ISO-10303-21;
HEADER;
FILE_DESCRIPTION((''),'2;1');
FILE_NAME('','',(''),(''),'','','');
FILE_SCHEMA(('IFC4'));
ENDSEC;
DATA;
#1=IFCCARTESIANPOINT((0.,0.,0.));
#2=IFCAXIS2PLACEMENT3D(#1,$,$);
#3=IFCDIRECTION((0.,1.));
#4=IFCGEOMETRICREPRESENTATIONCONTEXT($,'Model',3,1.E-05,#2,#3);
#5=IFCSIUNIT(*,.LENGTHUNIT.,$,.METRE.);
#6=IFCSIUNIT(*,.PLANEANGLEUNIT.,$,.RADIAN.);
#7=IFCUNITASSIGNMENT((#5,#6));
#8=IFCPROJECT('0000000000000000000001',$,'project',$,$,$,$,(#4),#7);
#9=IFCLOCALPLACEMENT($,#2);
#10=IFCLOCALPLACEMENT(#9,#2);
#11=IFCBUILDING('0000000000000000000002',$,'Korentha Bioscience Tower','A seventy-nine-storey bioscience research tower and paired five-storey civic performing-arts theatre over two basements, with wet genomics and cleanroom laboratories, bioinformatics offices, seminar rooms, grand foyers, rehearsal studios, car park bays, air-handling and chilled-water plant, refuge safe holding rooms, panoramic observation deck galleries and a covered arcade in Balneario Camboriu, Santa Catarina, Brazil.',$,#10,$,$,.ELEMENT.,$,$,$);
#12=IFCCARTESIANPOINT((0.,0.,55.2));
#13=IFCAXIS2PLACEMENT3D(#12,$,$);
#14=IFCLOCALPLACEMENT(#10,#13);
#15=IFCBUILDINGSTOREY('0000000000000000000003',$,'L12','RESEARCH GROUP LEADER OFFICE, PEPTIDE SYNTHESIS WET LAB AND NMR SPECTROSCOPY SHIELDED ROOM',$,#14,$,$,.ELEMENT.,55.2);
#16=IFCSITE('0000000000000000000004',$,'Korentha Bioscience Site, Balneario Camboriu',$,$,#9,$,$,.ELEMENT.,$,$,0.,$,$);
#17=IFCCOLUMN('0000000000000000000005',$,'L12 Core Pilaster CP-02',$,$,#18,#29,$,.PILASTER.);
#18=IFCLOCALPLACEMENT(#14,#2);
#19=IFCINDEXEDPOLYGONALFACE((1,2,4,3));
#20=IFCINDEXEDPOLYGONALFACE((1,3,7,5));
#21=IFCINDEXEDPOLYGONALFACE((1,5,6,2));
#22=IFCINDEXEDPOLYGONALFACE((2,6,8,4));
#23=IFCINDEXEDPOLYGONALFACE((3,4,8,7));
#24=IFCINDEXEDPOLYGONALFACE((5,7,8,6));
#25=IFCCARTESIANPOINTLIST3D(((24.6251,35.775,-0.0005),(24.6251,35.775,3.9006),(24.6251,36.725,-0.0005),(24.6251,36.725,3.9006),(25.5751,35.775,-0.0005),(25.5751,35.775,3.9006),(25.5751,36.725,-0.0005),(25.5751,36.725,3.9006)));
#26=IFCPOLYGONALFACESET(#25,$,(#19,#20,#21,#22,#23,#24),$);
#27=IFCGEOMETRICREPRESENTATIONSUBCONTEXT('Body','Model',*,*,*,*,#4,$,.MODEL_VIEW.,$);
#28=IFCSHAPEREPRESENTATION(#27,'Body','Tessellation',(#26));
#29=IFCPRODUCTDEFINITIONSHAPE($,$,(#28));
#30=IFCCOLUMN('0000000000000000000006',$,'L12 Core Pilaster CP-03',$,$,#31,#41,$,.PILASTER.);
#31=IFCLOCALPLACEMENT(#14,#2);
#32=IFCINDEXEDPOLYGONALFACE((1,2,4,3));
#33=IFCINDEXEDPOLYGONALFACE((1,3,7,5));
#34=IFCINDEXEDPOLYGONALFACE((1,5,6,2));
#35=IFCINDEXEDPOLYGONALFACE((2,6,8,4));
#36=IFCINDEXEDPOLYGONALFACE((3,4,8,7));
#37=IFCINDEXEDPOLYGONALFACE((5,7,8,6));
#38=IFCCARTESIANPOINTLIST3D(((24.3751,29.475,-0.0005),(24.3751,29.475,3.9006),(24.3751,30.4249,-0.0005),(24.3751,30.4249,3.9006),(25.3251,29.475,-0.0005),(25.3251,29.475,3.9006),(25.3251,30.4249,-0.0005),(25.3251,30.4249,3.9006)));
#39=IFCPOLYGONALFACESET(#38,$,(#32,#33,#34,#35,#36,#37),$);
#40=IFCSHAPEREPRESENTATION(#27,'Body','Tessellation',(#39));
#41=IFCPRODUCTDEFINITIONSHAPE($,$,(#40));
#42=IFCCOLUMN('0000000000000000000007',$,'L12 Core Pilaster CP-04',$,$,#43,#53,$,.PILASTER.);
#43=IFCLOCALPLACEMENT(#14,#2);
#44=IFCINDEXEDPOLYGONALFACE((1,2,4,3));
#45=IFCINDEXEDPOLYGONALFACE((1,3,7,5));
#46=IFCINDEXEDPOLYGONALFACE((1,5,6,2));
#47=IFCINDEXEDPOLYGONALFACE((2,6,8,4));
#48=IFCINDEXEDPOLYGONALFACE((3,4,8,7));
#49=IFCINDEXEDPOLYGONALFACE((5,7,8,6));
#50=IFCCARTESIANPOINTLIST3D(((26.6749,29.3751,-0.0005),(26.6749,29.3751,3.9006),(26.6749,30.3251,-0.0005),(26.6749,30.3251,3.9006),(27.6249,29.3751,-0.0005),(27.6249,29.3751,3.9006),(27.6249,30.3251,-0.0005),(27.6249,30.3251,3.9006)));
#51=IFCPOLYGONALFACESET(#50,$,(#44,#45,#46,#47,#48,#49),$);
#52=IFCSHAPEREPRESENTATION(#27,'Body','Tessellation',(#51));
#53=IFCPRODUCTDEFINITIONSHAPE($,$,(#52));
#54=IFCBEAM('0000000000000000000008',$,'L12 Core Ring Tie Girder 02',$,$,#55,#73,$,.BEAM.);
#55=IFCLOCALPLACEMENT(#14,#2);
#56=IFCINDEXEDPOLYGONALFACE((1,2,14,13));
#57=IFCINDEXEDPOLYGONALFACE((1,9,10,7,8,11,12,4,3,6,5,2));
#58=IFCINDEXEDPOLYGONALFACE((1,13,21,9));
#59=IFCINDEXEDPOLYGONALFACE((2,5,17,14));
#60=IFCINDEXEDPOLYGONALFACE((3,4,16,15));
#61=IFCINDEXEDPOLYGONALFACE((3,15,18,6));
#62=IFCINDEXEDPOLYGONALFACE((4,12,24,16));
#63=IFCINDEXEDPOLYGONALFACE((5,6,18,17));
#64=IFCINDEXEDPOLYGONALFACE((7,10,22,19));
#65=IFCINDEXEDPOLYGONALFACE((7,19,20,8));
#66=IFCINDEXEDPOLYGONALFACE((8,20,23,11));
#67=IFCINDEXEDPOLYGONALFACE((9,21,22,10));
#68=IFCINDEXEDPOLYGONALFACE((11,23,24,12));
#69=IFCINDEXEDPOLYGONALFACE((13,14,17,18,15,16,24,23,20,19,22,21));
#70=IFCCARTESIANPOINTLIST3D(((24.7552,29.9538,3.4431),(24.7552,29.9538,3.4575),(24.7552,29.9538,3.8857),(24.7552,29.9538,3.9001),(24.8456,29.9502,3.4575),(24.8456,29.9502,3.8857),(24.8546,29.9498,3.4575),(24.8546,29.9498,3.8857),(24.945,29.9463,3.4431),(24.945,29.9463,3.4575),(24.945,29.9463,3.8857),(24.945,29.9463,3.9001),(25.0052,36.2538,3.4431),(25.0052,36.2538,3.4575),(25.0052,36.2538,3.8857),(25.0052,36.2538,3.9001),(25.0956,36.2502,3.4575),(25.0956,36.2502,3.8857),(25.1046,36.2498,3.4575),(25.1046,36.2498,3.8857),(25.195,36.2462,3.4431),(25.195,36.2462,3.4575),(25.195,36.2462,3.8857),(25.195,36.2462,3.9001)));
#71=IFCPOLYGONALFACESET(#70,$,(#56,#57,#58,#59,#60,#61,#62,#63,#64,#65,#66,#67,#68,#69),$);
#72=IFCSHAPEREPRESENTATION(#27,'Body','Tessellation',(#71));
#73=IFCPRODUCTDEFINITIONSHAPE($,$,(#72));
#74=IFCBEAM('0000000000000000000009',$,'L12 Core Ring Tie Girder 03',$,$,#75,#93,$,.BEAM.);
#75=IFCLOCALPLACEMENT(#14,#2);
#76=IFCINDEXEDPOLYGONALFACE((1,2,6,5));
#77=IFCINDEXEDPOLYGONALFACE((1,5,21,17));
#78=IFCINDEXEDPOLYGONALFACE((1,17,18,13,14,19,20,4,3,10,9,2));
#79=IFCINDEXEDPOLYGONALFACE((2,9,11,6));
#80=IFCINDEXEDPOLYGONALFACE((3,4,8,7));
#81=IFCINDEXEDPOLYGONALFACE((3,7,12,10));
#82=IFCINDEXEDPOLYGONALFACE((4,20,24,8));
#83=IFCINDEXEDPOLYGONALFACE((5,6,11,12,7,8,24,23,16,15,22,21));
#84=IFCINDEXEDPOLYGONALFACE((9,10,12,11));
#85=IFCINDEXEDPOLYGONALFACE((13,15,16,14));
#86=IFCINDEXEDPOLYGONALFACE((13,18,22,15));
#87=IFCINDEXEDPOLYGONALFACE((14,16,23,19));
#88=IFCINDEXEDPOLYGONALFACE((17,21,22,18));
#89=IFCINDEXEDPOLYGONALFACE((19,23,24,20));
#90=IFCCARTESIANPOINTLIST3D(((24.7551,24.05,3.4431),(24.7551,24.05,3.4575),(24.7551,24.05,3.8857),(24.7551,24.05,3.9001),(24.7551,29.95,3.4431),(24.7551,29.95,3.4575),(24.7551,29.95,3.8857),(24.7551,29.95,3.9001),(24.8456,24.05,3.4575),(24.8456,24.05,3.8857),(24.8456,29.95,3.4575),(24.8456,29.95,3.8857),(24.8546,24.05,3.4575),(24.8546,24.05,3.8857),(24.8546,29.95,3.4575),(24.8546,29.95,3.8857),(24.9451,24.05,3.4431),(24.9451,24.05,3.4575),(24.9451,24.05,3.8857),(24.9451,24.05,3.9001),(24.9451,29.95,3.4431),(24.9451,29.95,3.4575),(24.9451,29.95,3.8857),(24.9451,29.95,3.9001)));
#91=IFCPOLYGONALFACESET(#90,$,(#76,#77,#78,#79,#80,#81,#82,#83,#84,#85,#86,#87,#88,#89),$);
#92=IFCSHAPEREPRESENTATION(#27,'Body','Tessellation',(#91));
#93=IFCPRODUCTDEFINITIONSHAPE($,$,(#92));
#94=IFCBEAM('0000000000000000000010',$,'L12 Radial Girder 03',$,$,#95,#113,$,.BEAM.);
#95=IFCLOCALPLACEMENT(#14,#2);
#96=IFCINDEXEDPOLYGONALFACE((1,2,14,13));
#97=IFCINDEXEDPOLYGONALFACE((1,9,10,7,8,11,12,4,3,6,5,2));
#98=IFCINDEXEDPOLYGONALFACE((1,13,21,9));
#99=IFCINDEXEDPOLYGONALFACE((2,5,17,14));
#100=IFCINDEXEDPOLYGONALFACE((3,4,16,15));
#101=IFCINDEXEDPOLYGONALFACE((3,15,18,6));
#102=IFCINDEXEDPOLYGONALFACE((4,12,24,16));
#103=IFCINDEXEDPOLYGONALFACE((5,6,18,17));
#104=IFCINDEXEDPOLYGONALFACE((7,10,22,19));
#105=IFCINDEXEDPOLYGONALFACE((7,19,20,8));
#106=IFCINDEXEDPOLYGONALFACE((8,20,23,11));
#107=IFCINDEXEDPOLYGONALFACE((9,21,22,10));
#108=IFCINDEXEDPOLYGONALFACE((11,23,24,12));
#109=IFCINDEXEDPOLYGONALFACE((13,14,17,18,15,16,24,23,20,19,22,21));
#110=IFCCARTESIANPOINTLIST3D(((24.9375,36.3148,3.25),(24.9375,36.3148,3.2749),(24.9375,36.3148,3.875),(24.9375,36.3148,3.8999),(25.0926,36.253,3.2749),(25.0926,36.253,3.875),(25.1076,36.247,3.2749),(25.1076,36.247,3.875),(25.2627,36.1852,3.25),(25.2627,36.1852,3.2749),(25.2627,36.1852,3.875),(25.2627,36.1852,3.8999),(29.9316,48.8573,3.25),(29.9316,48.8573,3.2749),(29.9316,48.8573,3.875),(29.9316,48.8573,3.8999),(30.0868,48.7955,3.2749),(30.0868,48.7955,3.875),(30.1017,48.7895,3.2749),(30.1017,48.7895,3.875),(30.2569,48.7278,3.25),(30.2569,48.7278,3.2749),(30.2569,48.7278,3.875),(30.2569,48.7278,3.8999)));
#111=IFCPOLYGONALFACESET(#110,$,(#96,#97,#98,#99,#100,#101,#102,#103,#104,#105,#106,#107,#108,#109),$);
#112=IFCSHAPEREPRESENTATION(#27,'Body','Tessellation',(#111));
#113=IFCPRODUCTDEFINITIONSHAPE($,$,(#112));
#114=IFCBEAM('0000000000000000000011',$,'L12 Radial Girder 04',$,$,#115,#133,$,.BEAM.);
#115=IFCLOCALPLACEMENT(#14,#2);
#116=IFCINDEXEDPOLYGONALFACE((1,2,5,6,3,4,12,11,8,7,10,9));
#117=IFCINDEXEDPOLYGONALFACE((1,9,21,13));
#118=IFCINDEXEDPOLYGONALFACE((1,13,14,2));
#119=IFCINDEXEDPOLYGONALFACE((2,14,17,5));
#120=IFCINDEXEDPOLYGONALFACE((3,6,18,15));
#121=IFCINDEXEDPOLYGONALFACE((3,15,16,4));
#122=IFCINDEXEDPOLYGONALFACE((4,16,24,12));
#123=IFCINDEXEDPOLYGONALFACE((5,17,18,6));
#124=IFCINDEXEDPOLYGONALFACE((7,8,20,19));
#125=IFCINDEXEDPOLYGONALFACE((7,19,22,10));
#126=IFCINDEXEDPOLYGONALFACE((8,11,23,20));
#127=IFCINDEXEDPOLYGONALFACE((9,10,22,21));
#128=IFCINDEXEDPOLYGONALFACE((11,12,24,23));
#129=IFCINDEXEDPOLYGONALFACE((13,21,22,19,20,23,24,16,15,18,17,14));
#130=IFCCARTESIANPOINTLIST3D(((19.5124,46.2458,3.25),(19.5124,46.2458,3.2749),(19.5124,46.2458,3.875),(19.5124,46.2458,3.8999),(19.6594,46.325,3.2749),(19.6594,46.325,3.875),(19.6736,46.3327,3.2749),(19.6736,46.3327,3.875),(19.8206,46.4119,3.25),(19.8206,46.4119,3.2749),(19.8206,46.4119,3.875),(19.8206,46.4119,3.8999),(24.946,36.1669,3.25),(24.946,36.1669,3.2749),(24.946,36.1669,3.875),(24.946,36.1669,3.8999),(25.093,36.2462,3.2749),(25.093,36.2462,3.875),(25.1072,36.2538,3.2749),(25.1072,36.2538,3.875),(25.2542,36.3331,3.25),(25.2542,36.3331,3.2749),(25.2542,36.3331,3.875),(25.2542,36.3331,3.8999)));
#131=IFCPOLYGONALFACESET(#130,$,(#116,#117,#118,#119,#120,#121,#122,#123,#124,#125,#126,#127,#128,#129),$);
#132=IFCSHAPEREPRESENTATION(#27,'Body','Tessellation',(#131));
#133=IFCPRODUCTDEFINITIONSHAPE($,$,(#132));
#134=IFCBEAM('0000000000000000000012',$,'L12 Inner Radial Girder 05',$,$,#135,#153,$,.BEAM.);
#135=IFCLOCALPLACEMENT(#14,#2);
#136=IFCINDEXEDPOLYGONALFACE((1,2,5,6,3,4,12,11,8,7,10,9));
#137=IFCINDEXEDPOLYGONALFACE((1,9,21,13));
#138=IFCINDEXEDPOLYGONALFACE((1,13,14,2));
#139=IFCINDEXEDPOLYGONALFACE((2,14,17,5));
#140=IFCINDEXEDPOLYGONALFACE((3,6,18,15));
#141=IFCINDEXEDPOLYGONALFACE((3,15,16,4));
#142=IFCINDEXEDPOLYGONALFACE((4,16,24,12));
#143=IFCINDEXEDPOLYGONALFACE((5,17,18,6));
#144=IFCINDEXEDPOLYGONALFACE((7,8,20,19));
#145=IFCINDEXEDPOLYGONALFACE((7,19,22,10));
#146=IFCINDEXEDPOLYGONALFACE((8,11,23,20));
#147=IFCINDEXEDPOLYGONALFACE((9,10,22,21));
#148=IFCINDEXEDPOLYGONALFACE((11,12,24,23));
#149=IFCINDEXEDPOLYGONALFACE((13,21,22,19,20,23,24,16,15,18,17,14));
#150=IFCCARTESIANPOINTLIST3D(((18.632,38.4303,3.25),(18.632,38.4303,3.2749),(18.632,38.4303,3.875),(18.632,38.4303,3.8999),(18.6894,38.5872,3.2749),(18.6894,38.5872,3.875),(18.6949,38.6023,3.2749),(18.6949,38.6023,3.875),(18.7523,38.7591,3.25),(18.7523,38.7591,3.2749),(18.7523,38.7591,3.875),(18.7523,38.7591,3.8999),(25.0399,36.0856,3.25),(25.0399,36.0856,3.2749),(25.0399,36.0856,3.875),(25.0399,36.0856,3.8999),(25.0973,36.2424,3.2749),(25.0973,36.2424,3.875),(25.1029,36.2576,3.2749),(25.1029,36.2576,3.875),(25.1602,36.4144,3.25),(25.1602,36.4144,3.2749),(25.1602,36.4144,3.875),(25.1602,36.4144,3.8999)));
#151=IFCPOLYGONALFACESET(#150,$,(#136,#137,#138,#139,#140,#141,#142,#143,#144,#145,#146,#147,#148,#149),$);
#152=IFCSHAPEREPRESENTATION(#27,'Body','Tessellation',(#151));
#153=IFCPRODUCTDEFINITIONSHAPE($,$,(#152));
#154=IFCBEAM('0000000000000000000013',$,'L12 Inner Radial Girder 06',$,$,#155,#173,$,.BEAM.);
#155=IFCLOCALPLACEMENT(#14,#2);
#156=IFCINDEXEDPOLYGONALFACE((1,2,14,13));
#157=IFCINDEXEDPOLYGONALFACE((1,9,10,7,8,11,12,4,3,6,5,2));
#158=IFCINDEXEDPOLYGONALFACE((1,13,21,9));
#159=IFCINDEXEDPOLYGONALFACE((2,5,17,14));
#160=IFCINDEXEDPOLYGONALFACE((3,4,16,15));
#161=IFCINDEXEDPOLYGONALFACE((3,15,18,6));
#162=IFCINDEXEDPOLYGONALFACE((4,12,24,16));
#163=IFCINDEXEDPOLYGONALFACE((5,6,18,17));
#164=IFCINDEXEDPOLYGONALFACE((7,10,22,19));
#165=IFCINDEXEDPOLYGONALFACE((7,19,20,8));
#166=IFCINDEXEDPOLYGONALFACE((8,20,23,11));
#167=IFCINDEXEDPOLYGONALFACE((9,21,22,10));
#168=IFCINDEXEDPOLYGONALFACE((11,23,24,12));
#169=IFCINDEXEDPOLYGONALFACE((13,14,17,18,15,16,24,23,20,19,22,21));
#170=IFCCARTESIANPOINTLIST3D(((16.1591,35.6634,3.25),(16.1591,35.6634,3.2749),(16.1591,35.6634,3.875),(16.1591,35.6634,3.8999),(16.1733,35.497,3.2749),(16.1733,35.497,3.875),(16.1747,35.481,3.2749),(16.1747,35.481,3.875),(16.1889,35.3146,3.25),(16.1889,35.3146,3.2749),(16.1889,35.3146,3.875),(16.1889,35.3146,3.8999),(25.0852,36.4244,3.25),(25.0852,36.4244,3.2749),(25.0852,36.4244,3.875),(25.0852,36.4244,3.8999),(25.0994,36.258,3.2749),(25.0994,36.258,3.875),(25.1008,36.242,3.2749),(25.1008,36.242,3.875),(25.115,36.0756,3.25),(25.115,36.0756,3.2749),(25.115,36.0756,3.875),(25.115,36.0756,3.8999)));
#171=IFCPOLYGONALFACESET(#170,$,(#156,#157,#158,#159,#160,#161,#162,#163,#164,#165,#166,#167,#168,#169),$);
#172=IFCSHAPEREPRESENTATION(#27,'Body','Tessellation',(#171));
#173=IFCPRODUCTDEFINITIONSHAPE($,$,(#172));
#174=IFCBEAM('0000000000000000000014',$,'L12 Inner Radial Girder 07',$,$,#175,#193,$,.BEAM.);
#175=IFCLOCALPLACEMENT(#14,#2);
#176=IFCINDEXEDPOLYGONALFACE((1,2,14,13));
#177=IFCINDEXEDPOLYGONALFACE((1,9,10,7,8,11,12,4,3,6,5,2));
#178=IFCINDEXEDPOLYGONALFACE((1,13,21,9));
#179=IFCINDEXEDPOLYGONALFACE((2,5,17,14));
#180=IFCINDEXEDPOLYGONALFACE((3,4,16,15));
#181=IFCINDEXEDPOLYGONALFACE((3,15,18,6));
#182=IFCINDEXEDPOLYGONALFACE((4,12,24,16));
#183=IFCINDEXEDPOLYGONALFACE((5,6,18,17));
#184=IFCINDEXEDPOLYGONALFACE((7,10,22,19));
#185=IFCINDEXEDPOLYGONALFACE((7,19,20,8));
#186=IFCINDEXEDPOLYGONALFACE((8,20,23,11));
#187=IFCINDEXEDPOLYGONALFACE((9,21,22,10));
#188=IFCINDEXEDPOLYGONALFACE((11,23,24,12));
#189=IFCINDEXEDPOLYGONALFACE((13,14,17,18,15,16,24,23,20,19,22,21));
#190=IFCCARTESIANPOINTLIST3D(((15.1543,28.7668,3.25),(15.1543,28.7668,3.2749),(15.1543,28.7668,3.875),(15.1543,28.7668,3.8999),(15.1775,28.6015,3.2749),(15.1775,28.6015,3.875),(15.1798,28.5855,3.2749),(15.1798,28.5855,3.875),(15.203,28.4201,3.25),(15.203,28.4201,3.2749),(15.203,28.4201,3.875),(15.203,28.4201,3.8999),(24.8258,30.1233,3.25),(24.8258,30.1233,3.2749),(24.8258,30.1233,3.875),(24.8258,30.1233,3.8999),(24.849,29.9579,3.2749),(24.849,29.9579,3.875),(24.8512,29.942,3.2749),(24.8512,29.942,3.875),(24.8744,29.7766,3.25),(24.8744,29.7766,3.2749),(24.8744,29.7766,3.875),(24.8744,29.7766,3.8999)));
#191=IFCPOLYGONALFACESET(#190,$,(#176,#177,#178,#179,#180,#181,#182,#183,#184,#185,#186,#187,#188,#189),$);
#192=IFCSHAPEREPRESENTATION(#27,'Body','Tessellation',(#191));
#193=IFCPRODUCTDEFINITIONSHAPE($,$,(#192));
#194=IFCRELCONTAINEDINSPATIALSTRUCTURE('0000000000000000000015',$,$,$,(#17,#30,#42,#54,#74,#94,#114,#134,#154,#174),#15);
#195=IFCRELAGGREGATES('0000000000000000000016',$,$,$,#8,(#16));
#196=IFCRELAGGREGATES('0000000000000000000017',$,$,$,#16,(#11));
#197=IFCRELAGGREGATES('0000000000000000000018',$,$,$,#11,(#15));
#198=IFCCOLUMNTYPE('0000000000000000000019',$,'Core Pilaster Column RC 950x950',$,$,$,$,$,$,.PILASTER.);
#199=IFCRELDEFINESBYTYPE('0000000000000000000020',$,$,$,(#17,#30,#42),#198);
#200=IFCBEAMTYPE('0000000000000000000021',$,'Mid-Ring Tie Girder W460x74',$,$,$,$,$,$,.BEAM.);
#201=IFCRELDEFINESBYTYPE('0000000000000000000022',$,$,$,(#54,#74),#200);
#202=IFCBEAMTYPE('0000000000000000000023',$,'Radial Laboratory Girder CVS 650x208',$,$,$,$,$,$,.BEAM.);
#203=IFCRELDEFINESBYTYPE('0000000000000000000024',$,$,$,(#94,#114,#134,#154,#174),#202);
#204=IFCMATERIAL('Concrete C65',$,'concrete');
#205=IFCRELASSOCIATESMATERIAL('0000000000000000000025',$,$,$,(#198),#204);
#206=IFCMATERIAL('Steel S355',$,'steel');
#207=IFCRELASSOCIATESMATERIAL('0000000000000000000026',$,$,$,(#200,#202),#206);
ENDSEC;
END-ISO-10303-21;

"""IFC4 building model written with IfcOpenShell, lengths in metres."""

from ifc_helpers import new_model, si_unit, direction, frame, origin, origin_2d, place, context, subcontext, project, spatial, rectangle, i_section, extrude, material, material_profile, profile_set, type_object, element, save


model = new_model("IFC4")

# Units and contexts
model_context = context("Model", 3, precision=1e-05, world=origin(), true_north=direction((0.0, 1.0)))
body_context = subcontext(model_context, "Body", "Model", "MODEL_VIEW")
ifc_project = project(units=[si_unit("LENGTHUNIT", "METRE"), si_unit("PLANEANGLEUNIT", "RADIAN")], contexts=[model_context])

# Site, building, storey
site_placement = place(None, origin())
site = spatial("IfcSite", under=ifc_project, at=site_placement, Name="Korentha Bioscience Site, Balneario Camboriu", CompositionType="ELEMENT", RefElevation=0.0)
building_placement = place(site_placement, origin())
building = spatial("IfcBuilding", under=site, at=building_placement, Name="Korentha Bioscience Tower", Description="A seventy-nine-storey bioscience research tower and paired five-storey civic performing-arts theatre over two basements, with wet genomics and cleanroom laboratories, bioinformatics offices, seminar rooms, grand foyers, rehearsal studios, car park bays, air-handling and chilled-water plant, refuge safe holding rooms, panoramic observation deck galleries and a covered arcade in Balneario Camboriu, Santa Catarina, Brazil.", CompositionType="ELEMENT")
storey_placement = place(building_placement, frame((0.0, 0.0, 55.2)))
storey = spatial("IfcBuildingStorey", under=building, at=storey_placement, Name="L12", Description="RESEARCH GROUP LEADER OFFICE, PEPTIDE SYNTHESIS WET LAB AND NMR SPECTROSCOPY SHIELDED ROOM", CompositionType="ELEMENT", Elevation=55.2)

# Columns
ifc_material_1 = material(Name="Concrete C65", Category="concrete")
ifc_material_profile_1 = material_profile(ifc_material_1, rectangle(XDim=0.95, YDim=0.95, at=origin_2d()), Name="Concrete C65")
ifc_profile_set_1 = profile_set([ifc_material_profile_1], Name="Concrete C65 (COL-CP09)")
column_type = type_object("IfcColumnType", Name="Core Pilaster Column RC 950x950", PredefinedType="PILASTER", material=ifc_profile_set_1)
for number, where, z_axis, x_axis, name in (
    (1, (25.1001, 36.25, -0.0005), (0.0, 0.0, 1.0), (1.0, 0.0, 0.0), "L12 Core Pilaster CP-02"),
    (2, (24.8501, 29.95, -0.0005), (0.0, 0.0, 1.0), (1.0, 0.0, 0.0), "L12 Core Pilaster CP-03"),
    (3, (27.1499, 29.8501, -0.0005), (0.0, 0.0, 1.0), (1.0, 0.0, 0.0), "L12 Core Pilaster CP-04"),
):
    element("IfcColumn", number, at=place(storey_placement, frame(where, z_axis=z_axis, x_axis=x_axis)), inside=storey, type_object=column_type, Name=name, PredefinedType="PILASTER", context=body_context, shape_type="SweptSolid", body=[
        extrude(rectangle(XDim=0.95, YDim=0.95, at=origin_2d()), origin(), (0.0, 0.0, 1.0), 3.9011),
    ])

# Beams
ifc_material_2 = material(Name="Steel S355", Category="steel")
ifc_material_profile_2 = material_profile(ifc_material_2, i_section(OverallWidth=0.1899, OverallDepth=0.457, WebThickness=0.009, FlangeThickness=0.0144, at=origin_2d()), Name="Steel S355")
ifc_profile_set_2 = profile_set([ifc_material_profile_2], Name="Steel S355 (MB-460)")
beam_type_1 = type_object("IfcBeamType", Name="Mid-Ring Tie Girder W460x74", PredefinedType="BEAM", material=ifc_profile_set_2)
beam_1_placement = place(storey_placement, frame((25.1001, 36.25, 3.6716), z_axis=(-0.039651, -0.999214, 0.0), x_axis=(0.999214, -0.039651, 0.0)))
element("IfcBeam", 4, at=beam_1_placement, inside=storey, type_object=beam_type_1, Name="L12 Core Ring Tie Girder 02", PredefinedType="BEAM", context=body_context, shape_type="SweptSolid", body=[
    extrude(i_section(OverallWidth=0.1899, OverallDepth=0.457, WebThickness=0.009, FlangeThickness=0.0144, at=origin_2d()), origin(), (0.0, 0.0, 1.0), 6.3049),
])
beam_2_placement = place(storey_placement, frame((24.8501, 29.95, 3.6716), z_axis=(0.0, -1.0, 0.0), x_axis=(1.0, 0.0, 0.0)))
element("IfcBeam", 5, at=beam_2_placement, inside=storey, type_object=beam_type_1, Name="L12 Core Ring Tie Girder 03", PredefinedType="BEAM", context=body_context, shape_type="SweptSolid", body=[
    extrude(i_section(OverallWidth=0.1899, OverallDepth=0.457, WebThickness=0.009, FlangeThickness=0.0144, at=origin_2d()), origin(), (0.0, 0.0, 1.0), 5.8999),
])
ifc_material_profile_3 = material_profile(ifc_material_2, i_section(OverallWidth=0.3501, OverallDepth=0.6499, WebThickness=0.0161, FlangeThickness=0.0249, at=origin_2d()), Name="Steel S355")
ifc_profile_set_3 = profile_set([ifc_material_profile_3], Name="Steel S355 (RB-650)")
beam_type_2 = type_object("IfcBeamType", Name="Radial Laboratory Girder CVS 650x208", PredefinedType="BEAM", material=ifc_profile_set_3)
beam_3_placement = place(storey_placement, frame((25.1001, 36.25, 3.575), z_axis=(0.369931, 0.929059, 0.0), x_axis=(-0.929059, 0.369931, 0.0)))
element("IfcBeam", 6, at=beam_3_placement, inside=storey, type_object=beam_type_2, Name="L12 Radial Girder 03", PredefinedType="BEAM", context=body_context, shape_type="SweptSolid", body=[
    extrude(i_section(OverallWidth=0.3501, OverallDepth=0.6499, WebThickness=0.0161, FlangeThickness=0.0249, at=origin_2d()), origin(), (0.0, 0.0, 1.0), 13.5002),
])
beam_4_placement = place(storey_placement, frame((25.1001, 36.25, 3.575), z_axis=(-0.474541, 0.880233, 0.0), x_axis=(-0.880233, -0.474541, 0.0)))
element("IfcBeam", 7, at=beam_4_placement, inside=storey, type_object=beam_type_2, Name="L12 Radial Girder 04", PredefinedType="BEAM", context=body_context, shape_type="SweptSolid", body=[
    extrude(i_section(OverallWidth=0.3501, OverallDepth=0.6499, WebThickness=0.0161, FlangeThickness=0.0249, at=origin_2d()), origin(), (0.0, 0.0, 1.0), 11.4502),
])
beam_5_placement = place(storey_placement, frame((25.1001, 36.25, 3.575), z_axis=(-0.939106, 0.343627, 0.0), x_axis=(-0.343627, -0.939106, 0.0)))
element("IfcBeam", 8, at=beam_5_placement, inside=storey, type_object=beam_type_2, Name="L12 Inner Radial Girder 05", PredefinedType="BEAM", context=body_context, shape_type="SweptSolid", body=[
    extrude(i_section(OverallWidth=0.3501, OverallDepth=0.6499, WebThickness=0.0161, FlangeThickness=0.0249, at=origin_2d()), origin(), (0.0, 0.0, 1.0), 6.8235),
])
beam_6_placement = place(storey_placement, frame((25.1001, 36.25, 3.575), z_axis=(-0.996386, -0.084947, 0.0), x_axis=(0.084947, -0.996386, 0.0)))
element("IfcBeam", 9, at=beam_6_placement, inside=storey, type_object=beam_type_2, Name="L12 Inner Radial Girder 06", PredefinedType="BEAM", context=body_context, shape_type="SweptSolid", body=[
    extrude(i_section(OverallWidth=0.3501, OverallDepth=0.6499, WebThickness=0.0161, FlangeThickness=0.0249, at=origin_2d()), origin(), (0.0, 0.0, 1.0), 8.9585),
])
beam_7_placement = place(storey_placement, frame((24.8501, 29.95, 3.575), z_axis=(-0.990307, -0.138894, 0.0), x_axis=(0.138894, -0.990307, 0.0)))
element("IfcBeam", 10, at=beam_7_placement, inside=storey, type_object=beam_type_2, Name="L12 Inner Radial Girder 07", PredefinedType="BEAM", context=body_context, shape_type="SweptSolid", body=[
    extrude(i_section(OverallWidth=0.3501, OverallDepth=0.6499, WebThickness=0.0161, FlangeThickness=0.0249, at=origin_2d()), origin(), (0.0, 0.0, 1.0), 9.7661),
])

save(model, "model.ifc")
